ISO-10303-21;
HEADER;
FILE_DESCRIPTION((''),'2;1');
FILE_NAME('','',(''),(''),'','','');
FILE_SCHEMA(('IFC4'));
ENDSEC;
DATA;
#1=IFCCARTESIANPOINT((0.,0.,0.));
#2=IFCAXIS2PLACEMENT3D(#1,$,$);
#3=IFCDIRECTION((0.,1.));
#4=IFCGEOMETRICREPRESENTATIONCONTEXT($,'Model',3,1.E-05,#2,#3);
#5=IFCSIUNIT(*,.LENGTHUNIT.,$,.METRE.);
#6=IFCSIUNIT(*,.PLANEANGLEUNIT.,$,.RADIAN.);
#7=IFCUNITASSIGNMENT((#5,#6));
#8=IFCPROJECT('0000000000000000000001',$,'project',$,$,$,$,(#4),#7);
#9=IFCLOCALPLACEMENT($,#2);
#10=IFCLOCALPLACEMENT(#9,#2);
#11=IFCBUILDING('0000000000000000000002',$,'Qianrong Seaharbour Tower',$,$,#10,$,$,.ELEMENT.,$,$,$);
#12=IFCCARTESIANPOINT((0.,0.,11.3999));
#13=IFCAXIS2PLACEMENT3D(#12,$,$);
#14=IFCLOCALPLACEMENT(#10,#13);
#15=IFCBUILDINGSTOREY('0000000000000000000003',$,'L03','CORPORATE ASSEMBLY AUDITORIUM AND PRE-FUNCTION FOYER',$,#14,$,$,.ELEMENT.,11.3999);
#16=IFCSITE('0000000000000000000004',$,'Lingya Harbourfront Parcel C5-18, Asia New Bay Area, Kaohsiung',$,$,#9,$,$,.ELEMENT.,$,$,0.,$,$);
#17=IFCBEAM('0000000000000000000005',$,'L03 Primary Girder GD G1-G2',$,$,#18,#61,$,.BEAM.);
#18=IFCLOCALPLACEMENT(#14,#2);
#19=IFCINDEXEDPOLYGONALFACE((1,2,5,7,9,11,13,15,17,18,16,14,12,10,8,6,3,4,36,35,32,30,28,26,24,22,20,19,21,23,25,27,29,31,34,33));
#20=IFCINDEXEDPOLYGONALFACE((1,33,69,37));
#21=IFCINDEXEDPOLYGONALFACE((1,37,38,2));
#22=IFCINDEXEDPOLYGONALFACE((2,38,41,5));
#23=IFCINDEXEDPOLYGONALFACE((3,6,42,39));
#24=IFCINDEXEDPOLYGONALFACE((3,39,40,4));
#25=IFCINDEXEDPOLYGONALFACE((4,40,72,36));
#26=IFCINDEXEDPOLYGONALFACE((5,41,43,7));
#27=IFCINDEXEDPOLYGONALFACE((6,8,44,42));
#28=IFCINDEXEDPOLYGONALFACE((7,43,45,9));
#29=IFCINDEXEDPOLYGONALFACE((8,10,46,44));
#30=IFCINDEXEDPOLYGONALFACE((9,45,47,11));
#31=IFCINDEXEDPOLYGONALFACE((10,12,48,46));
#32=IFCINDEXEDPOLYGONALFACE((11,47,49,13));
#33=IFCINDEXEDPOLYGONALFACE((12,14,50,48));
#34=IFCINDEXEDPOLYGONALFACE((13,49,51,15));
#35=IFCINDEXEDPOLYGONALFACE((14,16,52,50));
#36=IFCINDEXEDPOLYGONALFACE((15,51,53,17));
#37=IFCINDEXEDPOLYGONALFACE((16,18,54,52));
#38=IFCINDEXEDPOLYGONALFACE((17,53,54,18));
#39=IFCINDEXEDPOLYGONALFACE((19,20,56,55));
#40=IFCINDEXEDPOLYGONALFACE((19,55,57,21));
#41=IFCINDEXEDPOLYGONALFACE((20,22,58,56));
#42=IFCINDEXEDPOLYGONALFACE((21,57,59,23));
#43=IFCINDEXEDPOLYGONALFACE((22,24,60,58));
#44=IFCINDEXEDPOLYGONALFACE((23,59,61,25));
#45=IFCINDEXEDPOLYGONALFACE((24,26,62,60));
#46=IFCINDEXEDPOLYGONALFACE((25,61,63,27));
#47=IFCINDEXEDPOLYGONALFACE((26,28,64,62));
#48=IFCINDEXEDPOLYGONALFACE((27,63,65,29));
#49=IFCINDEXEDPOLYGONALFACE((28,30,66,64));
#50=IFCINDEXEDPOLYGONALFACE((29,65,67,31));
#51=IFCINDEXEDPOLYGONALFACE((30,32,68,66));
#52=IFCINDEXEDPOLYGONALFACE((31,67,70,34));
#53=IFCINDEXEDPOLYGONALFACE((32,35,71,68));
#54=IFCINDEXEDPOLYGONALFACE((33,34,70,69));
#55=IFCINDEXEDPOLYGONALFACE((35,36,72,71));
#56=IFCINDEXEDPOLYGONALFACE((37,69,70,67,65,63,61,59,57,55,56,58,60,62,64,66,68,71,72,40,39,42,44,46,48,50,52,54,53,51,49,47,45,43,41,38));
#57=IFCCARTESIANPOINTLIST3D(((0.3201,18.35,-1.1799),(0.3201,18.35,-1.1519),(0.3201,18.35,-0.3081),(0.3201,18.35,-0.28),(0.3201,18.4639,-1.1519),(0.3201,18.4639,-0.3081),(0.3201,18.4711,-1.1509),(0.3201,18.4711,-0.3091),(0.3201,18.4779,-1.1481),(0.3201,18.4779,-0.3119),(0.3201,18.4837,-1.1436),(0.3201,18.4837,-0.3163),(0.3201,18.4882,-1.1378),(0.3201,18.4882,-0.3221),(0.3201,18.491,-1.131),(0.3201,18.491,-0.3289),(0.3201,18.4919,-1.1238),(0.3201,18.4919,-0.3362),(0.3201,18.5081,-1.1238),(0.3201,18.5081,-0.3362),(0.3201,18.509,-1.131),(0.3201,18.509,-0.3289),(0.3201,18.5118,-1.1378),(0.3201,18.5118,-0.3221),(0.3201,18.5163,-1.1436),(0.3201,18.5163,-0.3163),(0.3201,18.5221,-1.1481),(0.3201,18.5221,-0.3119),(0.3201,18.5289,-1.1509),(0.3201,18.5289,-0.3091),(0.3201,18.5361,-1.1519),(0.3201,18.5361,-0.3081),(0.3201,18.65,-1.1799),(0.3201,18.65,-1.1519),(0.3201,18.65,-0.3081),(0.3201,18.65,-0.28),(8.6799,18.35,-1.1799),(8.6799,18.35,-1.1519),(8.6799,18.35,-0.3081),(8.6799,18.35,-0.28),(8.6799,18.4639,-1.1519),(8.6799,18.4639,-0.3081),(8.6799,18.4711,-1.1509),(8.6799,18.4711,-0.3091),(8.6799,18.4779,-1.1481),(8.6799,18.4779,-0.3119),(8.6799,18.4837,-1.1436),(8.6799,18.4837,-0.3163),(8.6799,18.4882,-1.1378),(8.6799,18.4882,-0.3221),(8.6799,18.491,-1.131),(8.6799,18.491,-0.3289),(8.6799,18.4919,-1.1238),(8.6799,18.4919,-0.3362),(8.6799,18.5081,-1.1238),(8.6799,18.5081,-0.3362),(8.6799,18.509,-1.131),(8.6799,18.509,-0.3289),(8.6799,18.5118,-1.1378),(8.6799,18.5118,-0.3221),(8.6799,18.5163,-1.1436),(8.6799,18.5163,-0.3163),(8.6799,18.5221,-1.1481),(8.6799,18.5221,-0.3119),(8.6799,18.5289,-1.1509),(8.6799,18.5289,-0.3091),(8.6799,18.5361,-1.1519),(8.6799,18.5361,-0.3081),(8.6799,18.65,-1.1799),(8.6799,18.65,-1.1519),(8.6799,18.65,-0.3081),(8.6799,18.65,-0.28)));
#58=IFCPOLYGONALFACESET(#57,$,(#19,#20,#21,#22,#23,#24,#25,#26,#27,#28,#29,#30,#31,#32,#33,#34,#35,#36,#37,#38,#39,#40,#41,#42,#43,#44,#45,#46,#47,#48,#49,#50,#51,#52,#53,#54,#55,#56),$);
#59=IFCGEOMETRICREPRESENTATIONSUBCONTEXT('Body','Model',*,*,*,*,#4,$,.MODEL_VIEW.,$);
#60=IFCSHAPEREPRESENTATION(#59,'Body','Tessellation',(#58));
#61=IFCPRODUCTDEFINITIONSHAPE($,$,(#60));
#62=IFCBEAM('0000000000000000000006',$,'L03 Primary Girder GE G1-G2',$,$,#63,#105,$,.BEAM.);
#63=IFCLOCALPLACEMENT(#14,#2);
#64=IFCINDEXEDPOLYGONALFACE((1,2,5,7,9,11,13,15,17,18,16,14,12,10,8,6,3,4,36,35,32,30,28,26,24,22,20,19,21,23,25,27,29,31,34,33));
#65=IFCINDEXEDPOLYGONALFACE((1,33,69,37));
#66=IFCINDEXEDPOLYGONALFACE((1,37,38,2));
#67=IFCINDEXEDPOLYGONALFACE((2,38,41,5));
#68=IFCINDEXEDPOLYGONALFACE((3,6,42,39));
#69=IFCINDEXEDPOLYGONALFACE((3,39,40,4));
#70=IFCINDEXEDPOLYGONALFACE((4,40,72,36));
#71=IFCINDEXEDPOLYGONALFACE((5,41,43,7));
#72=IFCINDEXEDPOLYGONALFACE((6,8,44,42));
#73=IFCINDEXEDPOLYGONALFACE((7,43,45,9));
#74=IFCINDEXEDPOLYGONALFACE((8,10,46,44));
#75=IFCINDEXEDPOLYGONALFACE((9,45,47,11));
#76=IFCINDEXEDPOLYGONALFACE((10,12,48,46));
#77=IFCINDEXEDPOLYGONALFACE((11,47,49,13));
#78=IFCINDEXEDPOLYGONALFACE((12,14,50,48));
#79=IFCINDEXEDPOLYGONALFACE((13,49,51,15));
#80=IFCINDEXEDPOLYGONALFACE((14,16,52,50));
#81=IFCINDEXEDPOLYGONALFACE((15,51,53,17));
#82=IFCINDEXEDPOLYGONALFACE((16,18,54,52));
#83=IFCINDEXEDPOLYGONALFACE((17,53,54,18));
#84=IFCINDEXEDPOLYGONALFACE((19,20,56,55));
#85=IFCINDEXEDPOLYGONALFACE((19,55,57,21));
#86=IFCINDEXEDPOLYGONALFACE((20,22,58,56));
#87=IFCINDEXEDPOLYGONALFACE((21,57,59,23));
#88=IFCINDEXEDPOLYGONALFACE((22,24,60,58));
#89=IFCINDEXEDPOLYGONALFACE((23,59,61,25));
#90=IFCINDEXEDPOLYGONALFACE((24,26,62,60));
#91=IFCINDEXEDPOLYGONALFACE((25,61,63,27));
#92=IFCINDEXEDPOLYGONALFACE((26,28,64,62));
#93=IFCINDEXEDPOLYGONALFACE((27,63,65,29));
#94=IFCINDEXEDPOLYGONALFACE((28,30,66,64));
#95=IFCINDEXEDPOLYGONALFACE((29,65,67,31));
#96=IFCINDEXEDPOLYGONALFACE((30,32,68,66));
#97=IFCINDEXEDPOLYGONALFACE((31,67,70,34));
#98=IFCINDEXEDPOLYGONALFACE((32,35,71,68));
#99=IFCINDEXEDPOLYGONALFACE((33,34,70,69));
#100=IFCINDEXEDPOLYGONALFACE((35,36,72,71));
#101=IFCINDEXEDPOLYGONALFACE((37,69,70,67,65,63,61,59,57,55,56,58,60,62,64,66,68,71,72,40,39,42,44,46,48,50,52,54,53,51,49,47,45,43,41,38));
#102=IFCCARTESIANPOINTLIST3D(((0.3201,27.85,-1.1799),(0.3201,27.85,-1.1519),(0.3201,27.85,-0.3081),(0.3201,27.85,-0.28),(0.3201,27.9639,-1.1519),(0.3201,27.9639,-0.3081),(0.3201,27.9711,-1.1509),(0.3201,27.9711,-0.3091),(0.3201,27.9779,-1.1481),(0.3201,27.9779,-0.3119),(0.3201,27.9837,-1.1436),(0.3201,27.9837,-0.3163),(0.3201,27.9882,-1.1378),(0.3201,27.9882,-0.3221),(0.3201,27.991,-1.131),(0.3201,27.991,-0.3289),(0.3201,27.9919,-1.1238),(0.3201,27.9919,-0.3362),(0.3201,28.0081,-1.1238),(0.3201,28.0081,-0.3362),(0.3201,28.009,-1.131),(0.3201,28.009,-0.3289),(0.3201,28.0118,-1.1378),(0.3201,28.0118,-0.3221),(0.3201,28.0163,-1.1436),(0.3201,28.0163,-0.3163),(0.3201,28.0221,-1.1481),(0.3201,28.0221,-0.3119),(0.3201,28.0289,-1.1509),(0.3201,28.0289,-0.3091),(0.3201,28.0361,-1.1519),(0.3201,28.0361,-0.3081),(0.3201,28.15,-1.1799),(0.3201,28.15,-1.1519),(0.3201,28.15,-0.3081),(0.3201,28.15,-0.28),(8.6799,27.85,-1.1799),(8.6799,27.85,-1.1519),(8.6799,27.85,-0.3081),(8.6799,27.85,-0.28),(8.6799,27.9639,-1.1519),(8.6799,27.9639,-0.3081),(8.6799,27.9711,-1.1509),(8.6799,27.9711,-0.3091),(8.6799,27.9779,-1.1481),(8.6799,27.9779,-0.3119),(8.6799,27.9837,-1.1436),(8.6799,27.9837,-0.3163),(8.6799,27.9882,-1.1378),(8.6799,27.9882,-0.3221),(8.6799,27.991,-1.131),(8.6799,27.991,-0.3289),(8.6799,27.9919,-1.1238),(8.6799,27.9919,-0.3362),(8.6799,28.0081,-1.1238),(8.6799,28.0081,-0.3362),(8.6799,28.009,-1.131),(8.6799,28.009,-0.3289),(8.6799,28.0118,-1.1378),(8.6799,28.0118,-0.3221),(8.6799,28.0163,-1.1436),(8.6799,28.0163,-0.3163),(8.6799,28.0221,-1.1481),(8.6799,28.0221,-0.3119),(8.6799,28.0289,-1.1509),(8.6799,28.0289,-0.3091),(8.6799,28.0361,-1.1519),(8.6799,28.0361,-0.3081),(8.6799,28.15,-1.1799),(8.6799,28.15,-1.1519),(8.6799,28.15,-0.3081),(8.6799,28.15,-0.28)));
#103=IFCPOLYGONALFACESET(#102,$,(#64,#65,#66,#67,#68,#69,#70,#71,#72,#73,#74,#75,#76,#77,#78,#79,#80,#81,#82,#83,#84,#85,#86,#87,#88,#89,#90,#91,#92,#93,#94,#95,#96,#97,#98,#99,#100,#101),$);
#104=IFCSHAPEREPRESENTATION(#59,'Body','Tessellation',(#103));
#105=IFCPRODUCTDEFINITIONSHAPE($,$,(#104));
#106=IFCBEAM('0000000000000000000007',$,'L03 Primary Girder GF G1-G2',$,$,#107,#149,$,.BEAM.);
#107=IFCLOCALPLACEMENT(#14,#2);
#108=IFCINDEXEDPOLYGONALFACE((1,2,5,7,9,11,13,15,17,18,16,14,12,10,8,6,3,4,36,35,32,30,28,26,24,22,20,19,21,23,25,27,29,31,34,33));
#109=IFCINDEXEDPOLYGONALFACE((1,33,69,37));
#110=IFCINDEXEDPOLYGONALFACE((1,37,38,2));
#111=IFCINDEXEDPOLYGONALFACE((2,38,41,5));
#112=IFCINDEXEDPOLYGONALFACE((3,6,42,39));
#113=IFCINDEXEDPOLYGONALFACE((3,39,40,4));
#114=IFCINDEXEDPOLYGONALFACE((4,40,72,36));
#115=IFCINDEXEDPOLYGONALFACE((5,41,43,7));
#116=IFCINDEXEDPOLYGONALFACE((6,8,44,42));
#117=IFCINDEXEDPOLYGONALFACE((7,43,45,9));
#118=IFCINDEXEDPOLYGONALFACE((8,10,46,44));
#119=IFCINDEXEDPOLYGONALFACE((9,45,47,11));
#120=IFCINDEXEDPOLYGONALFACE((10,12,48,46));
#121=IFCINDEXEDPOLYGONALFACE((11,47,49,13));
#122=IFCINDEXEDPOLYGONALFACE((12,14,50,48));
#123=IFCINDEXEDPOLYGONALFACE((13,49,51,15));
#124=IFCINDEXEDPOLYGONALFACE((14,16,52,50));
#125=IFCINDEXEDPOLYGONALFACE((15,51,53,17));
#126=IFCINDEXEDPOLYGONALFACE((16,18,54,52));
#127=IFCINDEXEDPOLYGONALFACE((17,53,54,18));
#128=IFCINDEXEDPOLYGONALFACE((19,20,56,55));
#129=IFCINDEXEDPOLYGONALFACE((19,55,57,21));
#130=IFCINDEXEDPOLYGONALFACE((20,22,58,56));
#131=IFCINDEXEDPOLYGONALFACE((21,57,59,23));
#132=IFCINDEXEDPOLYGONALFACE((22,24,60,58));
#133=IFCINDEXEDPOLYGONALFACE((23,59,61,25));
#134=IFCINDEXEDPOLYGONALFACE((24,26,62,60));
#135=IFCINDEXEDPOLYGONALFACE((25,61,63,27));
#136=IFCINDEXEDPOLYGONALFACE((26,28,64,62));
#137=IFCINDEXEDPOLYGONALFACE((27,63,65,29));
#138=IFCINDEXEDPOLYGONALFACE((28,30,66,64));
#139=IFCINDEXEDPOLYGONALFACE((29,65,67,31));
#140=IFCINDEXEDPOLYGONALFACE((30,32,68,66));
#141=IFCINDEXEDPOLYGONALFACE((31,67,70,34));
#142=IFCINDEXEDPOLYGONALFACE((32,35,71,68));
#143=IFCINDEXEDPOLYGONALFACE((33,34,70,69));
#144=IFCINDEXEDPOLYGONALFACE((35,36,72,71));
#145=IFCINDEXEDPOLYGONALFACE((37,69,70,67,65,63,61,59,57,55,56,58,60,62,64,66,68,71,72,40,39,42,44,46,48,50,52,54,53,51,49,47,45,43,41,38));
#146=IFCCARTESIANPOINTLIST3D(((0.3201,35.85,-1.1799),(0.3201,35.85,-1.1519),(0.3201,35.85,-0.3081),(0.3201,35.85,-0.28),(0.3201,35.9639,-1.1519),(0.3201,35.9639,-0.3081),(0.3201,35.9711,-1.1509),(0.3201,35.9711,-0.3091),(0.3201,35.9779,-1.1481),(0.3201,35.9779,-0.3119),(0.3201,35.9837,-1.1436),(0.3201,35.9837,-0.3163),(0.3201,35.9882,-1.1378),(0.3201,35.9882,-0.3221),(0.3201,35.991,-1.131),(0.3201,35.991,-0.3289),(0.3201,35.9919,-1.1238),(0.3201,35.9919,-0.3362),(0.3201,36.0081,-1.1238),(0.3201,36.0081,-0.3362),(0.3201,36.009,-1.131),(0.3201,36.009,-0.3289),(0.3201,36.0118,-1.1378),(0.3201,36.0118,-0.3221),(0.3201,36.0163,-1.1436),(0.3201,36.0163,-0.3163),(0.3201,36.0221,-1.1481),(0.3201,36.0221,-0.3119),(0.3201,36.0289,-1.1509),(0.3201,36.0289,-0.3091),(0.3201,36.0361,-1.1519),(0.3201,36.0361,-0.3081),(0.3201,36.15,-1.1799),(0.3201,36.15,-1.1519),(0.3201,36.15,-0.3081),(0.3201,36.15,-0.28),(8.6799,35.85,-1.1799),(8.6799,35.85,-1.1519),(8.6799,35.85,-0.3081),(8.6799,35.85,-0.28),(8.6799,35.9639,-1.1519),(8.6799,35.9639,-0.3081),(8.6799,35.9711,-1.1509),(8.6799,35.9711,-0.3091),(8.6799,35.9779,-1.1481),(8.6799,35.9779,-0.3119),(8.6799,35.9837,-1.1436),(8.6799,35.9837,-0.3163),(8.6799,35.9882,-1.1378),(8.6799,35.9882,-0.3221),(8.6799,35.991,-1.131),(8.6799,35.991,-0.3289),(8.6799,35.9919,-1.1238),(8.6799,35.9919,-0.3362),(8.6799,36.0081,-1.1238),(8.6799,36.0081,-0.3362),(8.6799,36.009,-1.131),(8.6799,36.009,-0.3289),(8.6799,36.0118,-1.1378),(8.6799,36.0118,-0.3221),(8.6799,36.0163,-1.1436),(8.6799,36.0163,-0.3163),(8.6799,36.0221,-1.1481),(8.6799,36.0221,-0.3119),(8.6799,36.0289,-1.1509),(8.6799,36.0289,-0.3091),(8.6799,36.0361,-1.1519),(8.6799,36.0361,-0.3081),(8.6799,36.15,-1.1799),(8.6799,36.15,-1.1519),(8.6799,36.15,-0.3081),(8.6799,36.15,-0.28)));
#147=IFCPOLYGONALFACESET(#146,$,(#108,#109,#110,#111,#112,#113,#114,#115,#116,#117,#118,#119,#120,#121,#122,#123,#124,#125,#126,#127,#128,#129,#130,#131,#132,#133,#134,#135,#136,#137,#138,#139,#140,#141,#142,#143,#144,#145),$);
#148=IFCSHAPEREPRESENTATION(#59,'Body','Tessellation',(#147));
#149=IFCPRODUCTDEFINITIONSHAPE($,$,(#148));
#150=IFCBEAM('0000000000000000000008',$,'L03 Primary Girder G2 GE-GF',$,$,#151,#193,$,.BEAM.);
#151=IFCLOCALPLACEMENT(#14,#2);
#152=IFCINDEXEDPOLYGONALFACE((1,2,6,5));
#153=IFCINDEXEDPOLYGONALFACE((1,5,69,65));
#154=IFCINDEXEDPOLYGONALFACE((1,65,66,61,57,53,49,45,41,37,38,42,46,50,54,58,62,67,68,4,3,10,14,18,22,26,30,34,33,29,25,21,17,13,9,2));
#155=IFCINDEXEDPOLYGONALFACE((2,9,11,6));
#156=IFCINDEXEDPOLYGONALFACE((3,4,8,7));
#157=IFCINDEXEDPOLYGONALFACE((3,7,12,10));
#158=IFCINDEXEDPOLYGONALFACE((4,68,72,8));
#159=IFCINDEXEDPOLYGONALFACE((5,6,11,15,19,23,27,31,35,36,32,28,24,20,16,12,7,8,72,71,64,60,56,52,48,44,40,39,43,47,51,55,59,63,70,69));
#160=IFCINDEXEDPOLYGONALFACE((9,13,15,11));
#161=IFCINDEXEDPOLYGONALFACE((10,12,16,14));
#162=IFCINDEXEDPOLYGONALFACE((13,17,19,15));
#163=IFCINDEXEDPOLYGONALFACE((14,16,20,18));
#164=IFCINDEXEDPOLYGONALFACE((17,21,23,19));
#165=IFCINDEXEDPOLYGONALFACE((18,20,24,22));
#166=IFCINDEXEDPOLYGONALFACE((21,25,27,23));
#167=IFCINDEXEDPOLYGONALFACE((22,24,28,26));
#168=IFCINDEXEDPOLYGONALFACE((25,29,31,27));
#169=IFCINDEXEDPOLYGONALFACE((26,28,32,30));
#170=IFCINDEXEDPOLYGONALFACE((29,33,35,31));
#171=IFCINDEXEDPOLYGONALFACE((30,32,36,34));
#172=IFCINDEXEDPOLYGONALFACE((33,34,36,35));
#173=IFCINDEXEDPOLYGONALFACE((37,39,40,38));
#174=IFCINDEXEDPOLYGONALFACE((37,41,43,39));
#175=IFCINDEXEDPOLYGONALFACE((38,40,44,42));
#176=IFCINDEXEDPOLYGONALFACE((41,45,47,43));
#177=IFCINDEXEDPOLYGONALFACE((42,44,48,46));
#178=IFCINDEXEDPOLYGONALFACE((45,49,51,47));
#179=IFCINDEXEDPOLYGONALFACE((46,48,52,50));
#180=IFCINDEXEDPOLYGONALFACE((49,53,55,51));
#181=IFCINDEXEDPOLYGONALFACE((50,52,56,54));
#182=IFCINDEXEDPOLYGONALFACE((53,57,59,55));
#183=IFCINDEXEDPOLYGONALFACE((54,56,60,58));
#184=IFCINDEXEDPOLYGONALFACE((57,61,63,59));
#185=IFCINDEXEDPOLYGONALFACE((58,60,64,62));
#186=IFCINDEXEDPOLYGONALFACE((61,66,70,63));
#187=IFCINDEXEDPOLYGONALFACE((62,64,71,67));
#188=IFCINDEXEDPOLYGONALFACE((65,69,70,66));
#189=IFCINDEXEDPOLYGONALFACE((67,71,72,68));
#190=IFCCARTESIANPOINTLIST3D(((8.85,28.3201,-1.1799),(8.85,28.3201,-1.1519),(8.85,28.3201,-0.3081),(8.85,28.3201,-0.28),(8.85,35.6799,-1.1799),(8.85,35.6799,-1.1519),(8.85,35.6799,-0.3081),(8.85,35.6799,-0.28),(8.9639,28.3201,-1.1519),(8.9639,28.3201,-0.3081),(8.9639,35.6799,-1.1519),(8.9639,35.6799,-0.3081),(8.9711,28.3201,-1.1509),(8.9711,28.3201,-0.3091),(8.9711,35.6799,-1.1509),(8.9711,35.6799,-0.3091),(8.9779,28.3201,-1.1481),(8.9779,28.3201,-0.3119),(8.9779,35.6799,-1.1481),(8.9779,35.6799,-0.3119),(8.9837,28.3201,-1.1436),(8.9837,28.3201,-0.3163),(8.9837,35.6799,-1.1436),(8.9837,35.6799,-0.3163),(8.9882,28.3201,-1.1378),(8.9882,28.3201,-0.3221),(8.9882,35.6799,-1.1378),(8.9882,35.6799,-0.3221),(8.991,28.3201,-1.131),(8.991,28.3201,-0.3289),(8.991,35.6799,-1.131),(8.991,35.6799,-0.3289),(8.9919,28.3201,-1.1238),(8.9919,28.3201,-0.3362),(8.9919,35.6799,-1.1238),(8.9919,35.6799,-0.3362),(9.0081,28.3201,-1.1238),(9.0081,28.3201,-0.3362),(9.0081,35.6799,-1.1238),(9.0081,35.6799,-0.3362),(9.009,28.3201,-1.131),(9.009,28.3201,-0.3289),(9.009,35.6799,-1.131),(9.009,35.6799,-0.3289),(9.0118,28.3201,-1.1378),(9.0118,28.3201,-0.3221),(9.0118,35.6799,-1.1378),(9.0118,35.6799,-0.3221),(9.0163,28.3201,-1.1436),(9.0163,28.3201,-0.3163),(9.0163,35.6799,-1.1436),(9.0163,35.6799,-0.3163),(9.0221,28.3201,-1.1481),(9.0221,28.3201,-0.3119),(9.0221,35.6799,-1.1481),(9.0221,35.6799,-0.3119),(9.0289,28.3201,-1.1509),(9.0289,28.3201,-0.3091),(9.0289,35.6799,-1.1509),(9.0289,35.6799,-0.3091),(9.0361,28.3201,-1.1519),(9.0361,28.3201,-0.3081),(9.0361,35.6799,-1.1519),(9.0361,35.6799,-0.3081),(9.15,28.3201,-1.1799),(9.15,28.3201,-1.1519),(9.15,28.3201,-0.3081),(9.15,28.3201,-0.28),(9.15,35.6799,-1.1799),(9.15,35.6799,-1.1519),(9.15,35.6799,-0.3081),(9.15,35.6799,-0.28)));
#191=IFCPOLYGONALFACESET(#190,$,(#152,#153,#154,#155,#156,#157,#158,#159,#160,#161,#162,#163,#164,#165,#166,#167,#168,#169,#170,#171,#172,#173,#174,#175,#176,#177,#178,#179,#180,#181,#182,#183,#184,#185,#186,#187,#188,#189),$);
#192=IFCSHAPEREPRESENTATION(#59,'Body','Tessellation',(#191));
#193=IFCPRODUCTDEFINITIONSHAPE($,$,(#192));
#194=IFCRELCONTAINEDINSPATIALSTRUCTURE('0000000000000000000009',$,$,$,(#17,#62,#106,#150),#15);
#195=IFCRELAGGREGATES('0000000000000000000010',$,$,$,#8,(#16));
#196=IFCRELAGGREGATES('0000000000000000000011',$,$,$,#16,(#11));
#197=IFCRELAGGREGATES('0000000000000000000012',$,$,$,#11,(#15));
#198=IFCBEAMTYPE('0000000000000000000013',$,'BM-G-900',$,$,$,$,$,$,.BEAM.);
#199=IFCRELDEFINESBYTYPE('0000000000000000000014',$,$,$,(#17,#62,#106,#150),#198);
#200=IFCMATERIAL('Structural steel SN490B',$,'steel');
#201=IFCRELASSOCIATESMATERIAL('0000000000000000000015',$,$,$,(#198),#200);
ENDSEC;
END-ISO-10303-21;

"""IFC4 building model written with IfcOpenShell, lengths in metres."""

from ifc_helpers import new_model, si_unit, direction, frame, origin, origin_2d, place, context, subcontext, project, spatial, i_section, extrude, material, material_profile, profile_set, type_object, element, save


model = new_model("IFC4")

# Units and contexts
model_context = context("Model", 3, precision=1e-05, world=origin(), true_north=direction((0.0, 1.0)))
body_context = subcontext(model_context, "Body", "Model", "MODEL_VIEW")
ifc_project = project(units=[si_unit("LENGTHUNIT", "METRE"), si_unit("PLANEANGLEUNIT", "RADIAN")], contexts=[model_context])

# Site, building, storey
site_placement = place(None, origin())
site = spatial("IfcSite", under=ifc_project, at=site_placement, Name="Lingya Harbourfront Parcel C5-18, Asia New Bay Area, Kaohsiung", CompositionType="ELEMENT", RefElevation=0.0)
building_placement = place(site_placement, origin())
building = spatial("IfcBuilding", under=site, at=building_placement, Name="Qianrong Seaharbour Tower", CompositionType="ELEMENT")
storey_placement = place(building_placement, frame((0.0, 0.0, 11.3999)))
storey = spatial("IfcBuildingStorey", under=building, at=storey_placement, Name="L03", Description="CORPORATE ASSEMBLY AUDITORIUM AND PRE-FUNCTION FOYER", CompositionType="ELEMENT", Elevation=11.3999)

# Shared definitions
ifc_material_1 = material(Name="Structural steel SN490B", Category="steel")

# Beams
ifc_material_profile_1 = material_profile(ifc_material_1, i_section(OverallWidth=0.3, OverallDepth=0.8999, WebThickness=0.0161, FlangeThickness=0.0281, FilletRadius=0.0281, at=origin_2d()), Name="H900x300x16x28")
ifc_profile_set_1 = profile_set([ifc_material_profile_1], Name="Structural steel SN490B")
beam_type_1 = type_object("IfcBeamType", Name="BM-G-900", PredefinedType="BEAM", material=ifc_profile_set_1)
for number, where, z_axis, x_axis, name in (
    (1, (0.3201, 18.5, -0.73), (1.0, 0.0, 0.0), (0.0, 1.0, 0.0), "L03 Primary Girder GD G1-G2"),
    (2, (0.3201, 28.0, -0.73), (1.0, 0.0, 0.0), (0.0, 1.0, 0.0), "L03 Primary Girder GE G1-G2"),
    (3, (0.3201, 36.0, -0.73), (1.0, 0.0, 0.0), (0.0, 1.0, 0.0), "L03 Primary Girder GF G1-G2"),
):
    element("IfcBeam", number, at=place(storey_placement, frame(where, z_axis=z_axis, x_axis=x_axis)), inside=storey, type_object=beam_type_1, Name=name, PredefinedType="BEAM", context=body_context, shape_type="SweptSolid", body=[
        extrude(i_section(OverallWidth=0.3, OverallDepth=0.8999, WebThickness=0.0161, FlangeThickness=0.0281, FilletRadius=0.0281, at=origin_2d()), origin(), (0.0, 0.0, 1.0), 8.3599),
    ])
beam_1_placement = place(storey_placement, frame((9.0, 28.3201, -0.73), z_axis=(0.0, 1.0, 0.0), x_axis=(-1.0, 0.0, 0.0)))
element("IfcBeam", 4, at=beam_1_placement, inside=storey, type_object=beam_type_1, Name="L03 Primary Girder G2 GE-GF", PredefinedType="BEAM", context=body_context, shape_type="SweptSolid", body=[
    extrude(i_section(OverallWidth=0.3, OverallDepth=0.8999, WebThickness=0.0161, FlangeThickness=0.0281, FilletRadius=0.0281, at=origin_2d()), origin(), (0.0, 0.0, 1.0), 7.3599),
])

save(model, "model.ifc")
